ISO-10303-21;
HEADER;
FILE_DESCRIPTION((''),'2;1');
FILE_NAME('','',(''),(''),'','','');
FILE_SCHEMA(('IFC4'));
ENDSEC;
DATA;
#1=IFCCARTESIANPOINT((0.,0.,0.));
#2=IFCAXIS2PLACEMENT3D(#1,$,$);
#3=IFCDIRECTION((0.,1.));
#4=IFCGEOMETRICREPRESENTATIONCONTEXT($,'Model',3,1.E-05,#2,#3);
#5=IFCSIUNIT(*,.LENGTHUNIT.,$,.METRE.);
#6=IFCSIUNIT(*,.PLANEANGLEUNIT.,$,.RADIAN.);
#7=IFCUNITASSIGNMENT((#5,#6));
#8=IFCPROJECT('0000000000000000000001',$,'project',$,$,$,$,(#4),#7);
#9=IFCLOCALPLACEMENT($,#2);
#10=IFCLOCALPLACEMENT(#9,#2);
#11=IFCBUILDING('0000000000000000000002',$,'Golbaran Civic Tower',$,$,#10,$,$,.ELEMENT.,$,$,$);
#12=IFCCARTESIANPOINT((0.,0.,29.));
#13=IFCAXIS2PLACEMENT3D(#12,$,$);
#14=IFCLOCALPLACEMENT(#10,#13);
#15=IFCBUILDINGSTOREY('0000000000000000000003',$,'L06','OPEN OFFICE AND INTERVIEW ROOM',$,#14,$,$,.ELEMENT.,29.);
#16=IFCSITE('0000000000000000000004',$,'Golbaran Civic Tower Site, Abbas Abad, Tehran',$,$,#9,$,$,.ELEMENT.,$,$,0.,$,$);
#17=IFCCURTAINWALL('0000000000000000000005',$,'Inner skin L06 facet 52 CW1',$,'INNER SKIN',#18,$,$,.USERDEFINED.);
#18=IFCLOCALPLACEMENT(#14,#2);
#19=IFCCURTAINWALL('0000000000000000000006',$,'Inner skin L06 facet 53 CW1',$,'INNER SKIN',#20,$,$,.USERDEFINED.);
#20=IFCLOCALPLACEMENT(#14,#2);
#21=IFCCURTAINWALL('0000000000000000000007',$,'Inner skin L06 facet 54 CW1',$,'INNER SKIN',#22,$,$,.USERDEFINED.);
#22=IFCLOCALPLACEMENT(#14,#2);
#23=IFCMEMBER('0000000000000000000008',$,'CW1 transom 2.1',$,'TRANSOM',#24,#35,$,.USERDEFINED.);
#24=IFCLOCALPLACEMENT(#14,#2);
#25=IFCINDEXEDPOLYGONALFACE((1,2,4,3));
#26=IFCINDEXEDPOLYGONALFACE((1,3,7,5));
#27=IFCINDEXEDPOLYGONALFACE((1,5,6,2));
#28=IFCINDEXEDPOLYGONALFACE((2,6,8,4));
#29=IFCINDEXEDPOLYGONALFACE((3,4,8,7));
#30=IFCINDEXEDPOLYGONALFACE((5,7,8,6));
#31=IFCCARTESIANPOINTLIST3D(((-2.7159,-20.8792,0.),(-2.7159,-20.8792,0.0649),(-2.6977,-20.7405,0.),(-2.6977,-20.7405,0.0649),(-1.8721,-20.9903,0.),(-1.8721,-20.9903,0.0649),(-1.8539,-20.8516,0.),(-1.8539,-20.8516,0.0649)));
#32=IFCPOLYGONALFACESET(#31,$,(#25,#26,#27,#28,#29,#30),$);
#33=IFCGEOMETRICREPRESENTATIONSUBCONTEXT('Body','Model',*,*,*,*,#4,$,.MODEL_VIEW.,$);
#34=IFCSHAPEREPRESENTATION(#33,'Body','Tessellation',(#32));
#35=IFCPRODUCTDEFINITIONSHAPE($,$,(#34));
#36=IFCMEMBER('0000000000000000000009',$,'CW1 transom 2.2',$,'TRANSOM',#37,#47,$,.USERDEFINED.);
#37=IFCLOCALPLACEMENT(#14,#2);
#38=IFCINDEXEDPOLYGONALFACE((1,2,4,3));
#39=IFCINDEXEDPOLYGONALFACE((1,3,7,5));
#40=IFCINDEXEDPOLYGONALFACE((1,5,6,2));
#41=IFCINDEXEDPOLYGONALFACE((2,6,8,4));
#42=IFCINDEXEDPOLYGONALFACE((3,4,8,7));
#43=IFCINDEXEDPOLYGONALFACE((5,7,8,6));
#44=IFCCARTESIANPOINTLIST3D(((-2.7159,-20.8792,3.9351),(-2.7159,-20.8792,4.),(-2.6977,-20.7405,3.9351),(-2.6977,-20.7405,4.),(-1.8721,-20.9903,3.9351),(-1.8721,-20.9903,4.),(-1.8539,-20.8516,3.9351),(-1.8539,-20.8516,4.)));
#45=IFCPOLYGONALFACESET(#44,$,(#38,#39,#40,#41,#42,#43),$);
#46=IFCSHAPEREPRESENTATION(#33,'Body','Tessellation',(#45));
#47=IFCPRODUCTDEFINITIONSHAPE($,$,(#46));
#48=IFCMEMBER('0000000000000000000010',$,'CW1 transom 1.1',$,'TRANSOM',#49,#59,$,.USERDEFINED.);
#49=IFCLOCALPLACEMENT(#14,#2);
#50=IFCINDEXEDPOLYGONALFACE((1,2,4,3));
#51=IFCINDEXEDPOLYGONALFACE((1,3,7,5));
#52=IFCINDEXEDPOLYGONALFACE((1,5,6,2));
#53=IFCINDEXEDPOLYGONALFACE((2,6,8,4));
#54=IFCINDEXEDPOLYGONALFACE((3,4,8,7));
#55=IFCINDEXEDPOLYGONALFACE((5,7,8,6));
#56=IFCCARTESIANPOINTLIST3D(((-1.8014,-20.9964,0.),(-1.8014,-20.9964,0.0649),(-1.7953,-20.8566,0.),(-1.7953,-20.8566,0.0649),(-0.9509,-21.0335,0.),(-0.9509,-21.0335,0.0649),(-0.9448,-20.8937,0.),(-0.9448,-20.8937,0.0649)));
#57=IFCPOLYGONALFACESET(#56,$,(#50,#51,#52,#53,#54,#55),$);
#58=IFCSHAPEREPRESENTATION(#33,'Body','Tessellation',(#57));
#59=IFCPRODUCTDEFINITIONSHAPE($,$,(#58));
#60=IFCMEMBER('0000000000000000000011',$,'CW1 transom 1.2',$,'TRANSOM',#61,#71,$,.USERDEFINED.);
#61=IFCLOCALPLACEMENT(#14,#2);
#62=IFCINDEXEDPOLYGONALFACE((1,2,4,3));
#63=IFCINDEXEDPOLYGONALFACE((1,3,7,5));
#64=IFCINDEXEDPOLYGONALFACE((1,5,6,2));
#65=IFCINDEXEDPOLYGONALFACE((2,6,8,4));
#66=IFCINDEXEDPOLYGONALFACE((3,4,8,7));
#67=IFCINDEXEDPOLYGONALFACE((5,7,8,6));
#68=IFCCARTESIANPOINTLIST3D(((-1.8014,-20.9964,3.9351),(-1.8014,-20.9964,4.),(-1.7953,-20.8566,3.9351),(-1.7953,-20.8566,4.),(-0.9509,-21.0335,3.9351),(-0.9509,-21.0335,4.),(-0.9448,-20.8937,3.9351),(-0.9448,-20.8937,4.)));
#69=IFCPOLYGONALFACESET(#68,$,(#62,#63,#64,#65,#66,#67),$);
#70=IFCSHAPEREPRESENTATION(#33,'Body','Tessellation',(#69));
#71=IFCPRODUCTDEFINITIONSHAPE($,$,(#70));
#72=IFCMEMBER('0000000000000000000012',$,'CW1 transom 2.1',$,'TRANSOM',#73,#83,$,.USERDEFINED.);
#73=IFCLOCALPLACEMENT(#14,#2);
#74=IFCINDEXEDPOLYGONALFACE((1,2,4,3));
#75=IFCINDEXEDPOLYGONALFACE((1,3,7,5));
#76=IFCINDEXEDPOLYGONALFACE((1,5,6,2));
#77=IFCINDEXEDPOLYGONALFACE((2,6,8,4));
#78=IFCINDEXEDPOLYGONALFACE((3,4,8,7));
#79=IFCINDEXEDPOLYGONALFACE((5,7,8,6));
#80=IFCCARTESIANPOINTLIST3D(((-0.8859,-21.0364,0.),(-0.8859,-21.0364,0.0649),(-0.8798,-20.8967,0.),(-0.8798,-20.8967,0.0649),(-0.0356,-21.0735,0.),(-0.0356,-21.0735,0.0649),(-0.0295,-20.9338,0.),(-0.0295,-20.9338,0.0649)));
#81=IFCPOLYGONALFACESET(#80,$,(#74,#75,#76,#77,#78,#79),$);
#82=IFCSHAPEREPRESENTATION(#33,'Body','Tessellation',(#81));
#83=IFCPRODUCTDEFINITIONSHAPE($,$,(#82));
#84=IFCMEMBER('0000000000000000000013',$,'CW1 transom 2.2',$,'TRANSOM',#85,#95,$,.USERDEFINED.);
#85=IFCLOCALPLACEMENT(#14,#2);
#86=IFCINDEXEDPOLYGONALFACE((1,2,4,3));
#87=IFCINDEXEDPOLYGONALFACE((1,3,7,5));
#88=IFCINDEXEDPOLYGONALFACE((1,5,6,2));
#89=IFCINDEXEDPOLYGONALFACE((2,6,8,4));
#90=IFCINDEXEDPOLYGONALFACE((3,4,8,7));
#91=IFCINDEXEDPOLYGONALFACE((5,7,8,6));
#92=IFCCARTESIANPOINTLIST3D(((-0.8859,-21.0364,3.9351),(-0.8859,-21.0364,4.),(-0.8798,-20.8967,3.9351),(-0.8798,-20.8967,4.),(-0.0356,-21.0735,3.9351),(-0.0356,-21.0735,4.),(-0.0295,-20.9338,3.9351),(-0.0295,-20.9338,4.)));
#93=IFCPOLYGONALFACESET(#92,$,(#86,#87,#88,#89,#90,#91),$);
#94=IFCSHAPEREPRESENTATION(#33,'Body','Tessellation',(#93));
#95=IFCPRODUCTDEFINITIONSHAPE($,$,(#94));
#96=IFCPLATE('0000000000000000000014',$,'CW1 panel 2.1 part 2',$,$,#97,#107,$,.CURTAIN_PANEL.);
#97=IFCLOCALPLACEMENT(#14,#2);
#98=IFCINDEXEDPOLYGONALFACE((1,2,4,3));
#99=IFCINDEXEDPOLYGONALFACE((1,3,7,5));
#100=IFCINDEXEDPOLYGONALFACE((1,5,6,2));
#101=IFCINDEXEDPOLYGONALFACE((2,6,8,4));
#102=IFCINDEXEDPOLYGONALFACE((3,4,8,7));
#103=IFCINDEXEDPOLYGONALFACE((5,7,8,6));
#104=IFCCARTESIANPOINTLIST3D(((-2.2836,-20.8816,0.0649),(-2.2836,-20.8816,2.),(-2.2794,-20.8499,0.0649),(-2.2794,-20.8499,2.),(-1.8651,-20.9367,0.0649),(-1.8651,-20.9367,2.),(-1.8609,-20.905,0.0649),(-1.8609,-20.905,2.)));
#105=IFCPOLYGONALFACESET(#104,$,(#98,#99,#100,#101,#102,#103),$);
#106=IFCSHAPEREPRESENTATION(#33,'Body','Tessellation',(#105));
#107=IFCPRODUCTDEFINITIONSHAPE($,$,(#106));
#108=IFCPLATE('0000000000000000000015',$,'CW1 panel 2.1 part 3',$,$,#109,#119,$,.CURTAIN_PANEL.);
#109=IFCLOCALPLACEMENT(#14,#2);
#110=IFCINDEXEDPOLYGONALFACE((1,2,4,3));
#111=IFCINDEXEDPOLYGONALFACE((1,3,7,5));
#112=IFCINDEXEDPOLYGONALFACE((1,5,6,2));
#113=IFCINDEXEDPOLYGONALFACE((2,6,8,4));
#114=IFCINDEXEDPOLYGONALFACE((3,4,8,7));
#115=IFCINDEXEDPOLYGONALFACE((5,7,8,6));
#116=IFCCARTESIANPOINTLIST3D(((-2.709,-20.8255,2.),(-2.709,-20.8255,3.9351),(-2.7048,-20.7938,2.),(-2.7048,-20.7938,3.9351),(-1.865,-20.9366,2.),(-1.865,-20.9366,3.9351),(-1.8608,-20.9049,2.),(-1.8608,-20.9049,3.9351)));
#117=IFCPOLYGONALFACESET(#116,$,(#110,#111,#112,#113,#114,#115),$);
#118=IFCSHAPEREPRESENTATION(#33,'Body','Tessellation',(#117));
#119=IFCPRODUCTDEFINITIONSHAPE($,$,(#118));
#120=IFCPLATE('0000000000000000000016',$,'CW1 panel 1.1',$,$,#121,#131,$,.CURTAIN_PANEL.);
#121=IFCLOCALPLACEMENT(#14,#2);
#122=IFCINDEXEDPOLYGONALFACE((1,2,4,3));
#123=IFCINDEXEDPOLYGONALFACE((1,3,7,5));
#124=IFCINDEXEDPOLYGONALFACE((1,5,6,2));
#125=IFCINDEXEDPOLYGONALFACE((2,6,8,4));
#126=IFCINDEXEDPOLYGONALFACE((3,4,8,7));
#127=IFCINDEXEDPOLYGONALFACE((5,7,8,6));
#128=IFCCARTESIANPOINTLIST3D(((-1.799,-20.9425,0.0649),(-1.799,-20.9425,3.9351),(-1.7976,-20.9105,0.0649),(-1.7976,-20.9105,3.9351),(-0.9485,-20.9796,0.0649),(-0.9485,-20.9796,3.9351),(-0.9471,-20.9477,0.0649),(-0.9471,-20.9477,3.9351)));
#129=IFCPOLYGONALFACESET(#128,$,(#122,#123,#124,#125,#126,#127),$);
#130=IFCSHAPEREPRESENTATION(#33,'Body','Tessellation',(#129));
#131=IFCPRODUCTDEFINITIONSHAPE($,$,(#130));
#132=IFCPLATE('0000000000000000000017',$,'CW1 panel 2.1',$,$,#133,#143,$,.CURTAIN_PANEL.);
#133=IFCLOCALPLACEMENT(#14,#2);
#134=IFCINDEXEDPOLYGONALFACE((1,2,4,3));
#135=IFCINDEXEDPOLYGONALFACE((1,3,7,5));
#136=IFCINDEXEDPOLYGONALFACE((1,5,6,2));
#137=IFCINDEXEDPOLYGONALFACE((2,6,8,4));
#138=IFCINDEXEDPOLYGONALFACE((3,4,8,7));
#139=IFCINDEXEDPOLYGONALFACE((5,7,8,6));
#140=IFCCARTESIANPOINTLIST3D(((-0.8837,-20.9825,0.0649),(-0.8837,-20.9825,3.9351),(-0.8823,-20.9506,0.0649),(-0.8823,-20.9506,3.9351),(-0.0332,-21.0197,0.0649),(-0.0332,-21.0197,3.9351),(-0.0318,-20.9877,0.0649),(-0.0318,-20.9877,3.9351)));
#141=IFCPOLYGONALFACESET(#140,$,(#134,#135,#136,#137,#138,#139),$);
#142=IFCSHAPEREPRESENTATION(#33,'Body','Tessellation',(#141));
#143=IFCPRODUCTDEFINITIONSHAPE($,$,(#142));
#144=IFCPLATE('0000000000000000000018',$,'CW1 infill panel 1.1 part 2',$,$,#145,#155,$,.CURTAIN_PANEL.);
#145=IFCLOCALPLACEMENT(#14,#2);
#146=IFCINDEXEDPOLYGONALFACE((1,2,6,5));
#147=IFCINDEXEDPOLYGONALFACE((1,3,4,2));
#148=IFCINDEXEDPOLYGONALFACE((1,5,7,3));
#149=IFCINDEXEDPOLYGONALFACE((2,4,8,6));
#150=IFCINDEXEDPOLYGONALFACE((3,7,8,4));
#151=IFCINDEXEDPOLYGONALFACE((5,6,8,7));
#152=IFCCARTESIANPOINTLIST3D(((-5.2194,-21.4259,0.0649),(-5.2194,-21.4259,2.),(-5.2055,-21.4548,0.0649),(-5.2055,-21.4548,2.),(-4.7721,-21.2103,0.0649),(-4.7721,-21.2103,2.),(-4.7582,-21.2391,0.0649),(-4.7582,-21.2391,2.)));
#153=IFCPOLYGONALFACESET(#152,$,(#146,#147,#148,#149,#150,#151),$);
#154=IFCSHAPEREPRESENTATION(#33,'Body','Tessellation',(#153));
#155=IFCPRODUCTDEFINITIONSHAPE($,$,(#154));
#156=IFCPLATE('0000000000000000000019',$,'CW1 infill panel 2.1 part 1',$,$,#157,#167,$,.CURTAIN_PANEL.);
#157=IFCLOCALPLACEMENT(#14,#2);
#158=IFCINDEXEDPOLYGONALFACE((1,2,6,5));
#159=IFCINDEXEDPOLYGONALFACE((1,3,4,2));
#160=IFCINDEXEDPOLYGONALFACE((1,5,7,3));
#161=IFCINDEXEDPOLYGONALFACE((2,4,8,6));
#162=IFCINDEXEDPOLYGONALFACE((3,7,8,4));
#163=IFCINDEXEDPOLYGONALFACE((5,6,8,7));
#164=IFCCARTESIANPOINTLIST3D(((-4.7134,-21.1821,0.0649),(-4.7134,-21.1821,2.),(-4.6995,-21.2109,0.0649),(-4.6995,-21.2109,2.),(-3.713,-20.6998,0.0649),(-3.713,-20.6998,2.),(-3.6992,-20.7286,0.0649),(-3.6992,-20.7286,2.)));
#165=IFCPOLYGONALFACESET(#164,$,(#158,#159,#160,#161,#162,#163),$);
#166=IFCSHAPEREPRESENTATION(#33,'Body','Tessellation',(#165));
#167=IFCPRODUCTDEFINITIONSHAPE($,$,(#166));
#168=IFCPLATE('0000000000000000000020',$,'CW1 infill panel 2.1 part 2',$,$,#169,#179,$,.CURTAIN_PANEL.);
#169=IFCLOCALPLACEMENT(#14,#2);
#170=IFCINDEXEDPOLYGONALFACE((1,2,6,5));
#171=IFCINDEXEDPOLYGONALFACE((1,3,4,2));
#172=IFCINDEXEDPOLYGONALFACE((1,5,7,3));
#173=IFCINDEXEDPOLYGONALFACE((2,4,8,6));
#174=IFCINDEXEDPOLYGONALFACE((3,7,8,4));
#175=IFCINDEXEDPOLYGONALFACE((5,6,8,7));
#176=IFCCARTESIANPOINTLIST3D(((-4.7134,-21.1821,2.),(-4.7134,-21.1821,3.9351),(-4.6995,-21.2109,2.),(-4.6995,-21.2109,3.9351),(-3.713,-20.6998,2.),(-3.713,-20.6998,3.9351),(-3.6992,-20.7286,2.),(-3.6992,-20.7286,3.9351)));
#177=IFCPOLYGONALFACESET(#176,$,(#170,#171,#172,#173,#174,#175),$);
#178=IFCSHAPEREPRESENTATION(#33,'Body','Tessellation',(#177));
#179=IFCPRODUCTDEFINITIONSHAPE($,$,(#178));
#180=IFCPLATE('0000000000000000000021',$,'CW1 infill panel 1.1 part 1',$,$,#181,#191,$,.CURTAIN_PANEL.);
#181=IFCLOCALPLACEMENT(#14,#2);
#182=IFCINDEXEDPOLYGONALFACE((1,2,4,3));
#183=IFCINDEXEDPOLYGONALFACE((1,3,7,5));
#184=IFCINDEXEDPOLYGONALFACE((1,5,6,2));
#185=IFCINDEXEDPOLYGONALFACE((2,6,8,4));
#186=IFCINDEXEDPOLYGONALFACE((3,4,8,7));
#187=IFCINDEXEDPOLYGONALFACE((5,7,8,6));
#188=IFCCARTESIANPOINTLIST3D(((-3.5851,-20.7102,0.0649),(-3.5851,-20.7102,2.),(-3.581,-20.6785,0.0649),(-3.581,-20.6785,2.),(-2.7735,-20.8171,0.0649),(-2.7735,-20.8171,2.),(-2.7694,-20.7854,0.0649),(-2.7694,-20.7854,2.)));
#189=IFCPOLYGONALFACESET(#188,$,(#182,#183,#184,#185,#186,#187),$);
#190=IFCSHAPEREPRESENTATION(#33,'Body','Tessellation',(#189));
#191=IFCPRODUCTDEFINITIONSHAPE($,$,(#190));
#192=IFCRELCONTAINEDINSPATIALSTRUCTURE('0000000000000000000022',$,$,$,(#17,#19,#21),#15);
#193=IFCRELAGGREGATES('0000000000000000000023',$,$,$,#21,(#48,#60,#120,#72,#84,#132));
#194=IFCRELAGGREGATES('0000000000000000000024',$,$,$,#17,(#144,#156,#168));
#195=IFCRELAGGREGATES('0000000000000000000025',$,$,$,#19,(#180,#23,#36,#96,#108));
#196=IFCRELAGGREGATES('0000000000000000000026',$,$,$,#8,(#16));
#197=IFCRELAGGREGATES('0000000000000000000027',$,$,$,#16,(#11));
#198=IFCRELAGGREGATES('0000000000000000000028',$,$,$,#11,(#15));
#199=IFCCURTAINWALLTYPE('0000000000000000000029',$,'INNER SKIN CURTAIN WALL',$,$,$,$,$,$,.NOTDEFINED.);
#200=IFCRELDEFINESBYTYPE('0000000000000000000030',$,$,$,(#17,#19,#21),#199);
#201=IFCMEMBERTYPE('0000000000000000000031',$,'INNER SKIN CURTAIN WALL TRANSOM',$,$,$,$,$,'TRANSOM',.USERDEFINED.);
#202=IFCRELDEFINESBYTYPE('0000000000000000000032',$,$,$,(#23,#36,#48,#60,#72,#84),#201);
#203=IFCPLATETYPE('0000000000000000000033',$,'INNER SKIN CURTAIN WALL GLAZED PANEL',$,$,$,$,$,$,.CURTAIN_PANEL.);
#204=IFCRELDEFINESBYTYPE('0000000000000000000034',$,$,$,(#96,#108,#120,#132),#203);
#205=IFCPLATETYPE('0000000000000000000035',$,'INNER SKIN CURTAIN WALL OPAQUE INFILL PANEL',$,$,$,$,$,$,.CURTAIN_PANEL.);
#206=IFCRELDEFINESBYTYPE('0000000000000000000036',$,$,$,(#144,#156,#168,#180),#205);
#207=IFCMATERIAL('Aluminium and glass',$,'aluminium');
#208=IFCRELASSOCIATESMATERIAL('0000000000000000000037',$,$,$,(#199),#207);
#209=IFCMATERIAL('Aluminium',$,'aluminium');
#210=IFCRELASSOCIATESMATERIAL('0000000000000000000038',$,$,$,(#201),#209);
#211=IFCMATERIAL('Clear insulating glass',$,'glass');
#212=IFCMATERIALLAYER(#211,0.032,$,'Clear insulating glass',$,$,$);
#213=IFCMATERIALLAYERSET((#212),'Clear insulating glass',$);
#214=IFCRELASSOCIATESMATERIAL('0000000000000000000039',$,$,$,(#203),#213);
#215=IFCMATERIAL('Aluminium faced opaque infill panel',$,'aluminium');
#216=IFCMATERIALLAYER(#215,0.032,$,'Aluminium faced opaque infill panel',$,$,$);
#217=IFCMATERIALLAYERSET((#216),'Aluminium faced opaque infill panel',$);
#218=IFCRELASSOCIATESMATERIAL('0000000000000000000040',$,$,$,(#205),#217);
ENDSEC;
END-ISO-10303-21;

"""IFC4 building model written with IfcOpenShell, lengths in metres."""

from ifc_helpers import new_model, si_unit, direction, frame, origin, origin_2d, place, context, subcontext, project, spatial, rectangle, extrude, material, layer, layer_set, material_profile, profile_set, type_object, element, aggregate, save


model = new_model("IFC4")

# Units and contexts
model_context = context("Model", 3, precision=1e-05, world=origin(), true_north=direction((0.0, 1.0)))
body_context = subcontext(model_context, "Body", "Model", "MODEL_VIEW")
ifc_project = project(units=[si_unit("LENGTHUNIT", "METRE"), si_unit("PLANEANGLEUNIT", "RADIAN")], contexts=[model_context])

# Site, building, storey
site_placement = place(None, origin())
site = spatial("IfcSite", under=ifc_project, at=site_placement, Name="Golbaran Civic Tower Site, Abbas Abad, Tehran", CompositionType="ELEMENT", RefElevation=0.0)
building_placement = place(site_placement, origin())
building = spatial("IfcBuilding", under=site, at=building_placement, Name="Golbaran Civic Tower", CompositionType="ELEMENT")
storey_placement = place(building_placement, frame((0.0, 0.0, 29.0)))
storey = spatial("IfcBuildingStorey", under=building, at=storey_placement, Name="L06", Description="OPEN OFFICE AND INTERVIEW ROOM", CompositionType="ELEMENT", Elevation=29.0)

# Curtain walls
ifc_material_1 = material(Name="Aluminium and glass", Category="aluminium")
curtain_wall_type = type_object("IfcCurtainWallType", Name="INNER SKIN CURTAIN WALL", PredefinedType="NOTDEFINED", material=ifc_material_1)
curtain_wall_1_placement = place(storey_placement, origin())
curtain_wall_1 = element("IfcCurtainWall", 1, at=curtain_wall_1_placement, inside=storey, type_object=curtain_wall_type, Name="Inner skin L06 facet 52 CW1", ObjectType="INNER SKIN", PredefinedType="USERDEFINED")
ifc_material_2 = material(Name="Aluminium", Category="aluminium")
curtain_wall_2_placement = place(storey_placement, origin())
curtain_wall_2 = element("IfcCurtainWall", 2, at=curtain_wall_2_placement, inside=storey, type_object=curtain_wall_type, Name="Inner skin L06 facet 53 CW1", ObjectType="INNER SKIN", PredefinedType="USERDEFINED")
curtain_wall_3_placement = place(storey_placement, origin())
curtain_wall_3 = element("IfcCurtainWall", 3, at=curtain_wall_3_placement, inside=storey, type_object=curtain_wall_type, Name="Inner skin L06 facet 54 CW1", ObjectType="INNER SKIN", PredefinedType="USERDEFINED")

# Members
ifc_material_profile_1 = material_profile(ifc_material_2, rectangle(XDim=0.1399, YDim=0.0649, at=origin_2d()), Name="INNER SKIN CURTAIN WALL TRANSOM")
ifc_profile_set_1 = profile_set([ifc_material_profile_1], Name="Aluminium")
member_type_1 = type_object("IfcMemberType", Name="INNER SKIN CURTAIN WALL TRANSOM", ElementType="TRANSOM", PredefinedType="USERDEFINED", material=ifc_profile_set_1)
member_1_placement = place(storey_placement, frame((-2.7068, -20.8098, 0.0325), z_axis=(0.991445, -0.130529, 0.0), x_axis=(0.130529, 0.991445, 0.0)))
member_1 = element("IfcMember", 4, at=member_1_placement, type_object=member_type_1, Name="CW1 transom 2.1", ObjectType="TRANSOM", PredefinedType="USERDEFINED", context=body_context, shape_type="SweptSolid", body=[
    extrude(rectangle(XDim=0.1399, YDim=0.0649, at=origin_2d()), origin(), (0.0, 0.0, 1.0), 0.8511),
])
member_2_placement = place(storey_placement, frame((-2.7068, -20.8098, 3.9675), z_axis=(0.991445, -0.130529, 0.0), x_axis=(0.130529, 0.991445, 0.0)))
member_2 = element("IfcMember", 5, at=member_2_placement, type_object=member_type_1, Name="CW1 transom 2.2", ObjectType="TRANSOM", PredefinedType="USERDEFINED", context=body_context, shape_type="SweptSolid", body=[
    extrude(rectangle(XDim=0.1399, YDim=0.0649, at=origin_2d()), origin(), (0.0, 0.0, 1.0), 0.8511),
])
member_3_placement = place(storey_placement, frame((-1.7983, -20.9265, 0.0325), z_axis=(0.99905, -0.043587, 0.0), x_axis=(0.043587, 0.99905, 0.0)))
member_3 = element("IfcMember", 6, at=member_3_placement, type_object=member_type_1, Name="CW1 transom 1.1", ObjectType="TRANSOM", PredefinedType="USERDEFINED", context=body_context, shape_type="SweptSolid", body=[
    extrude(rectangle(XDim=0.1399, YDim=0.0649, at=origin_2d()), origin(), (0.0, 0.0, 1.0), 0.8513),
])
member_4_placement = place(storey_placement, frame((-1.7983, -20.9265, 3.9675), z_axis=(0.99905, -0.043587, 0.0), x_axis=(0.043587, 0.99905, 0.0)))
member_4 = element("IfcMember", 7, at=member_4_placement, type_object=member_type_1, Name="CW1 transom 1.2", ObjectType="TRANSOM", PredefinedType="USERDEFINED", context=body_context, shape_type="SweptSolid", body=[
    extrude(rectangle(XDim=0.1399, YDim=0.0649, at=origin_2d()), origin(), (0.0, 0.0, 1.0), 0.8513),
])
member_5_placement = place(storey_placement, frame((-0.8828, -20.9666, 0.0325), z_axis=(0.999049, -0.043599, 0.0), x_axis=(0.043599, 0.999049, 0.0)))
member_5 = element("IfcMember", 8, at=member_5_placement, type_object=member_type_1, Name="CW1 transom 2.1", ObjectType="TRANSOM", PredefinedType="USERDEFINED", context=body_context, shape_type="SweptSolid", body=[
    extrude(rectangle(XDim=0.1399, YDim=0.0649, at=origin_2d()), origin(), (0.0, 0.0, 1.0), 0.8511),
])
member_6_placement = place(storey_placement, frame((-0.8828, -20.9666, 3.9675), z_axis=(0.999049, -0.043599, 0.0), x_axis=(0.043599, 0.999049, 0.0)))
member_6 = element("IfcMember", 9, at=member_6_placement, type_object=member_type_1, Name="CW1 transom 2.2", ObjectType="TRANSOM", PredefinedType="USERDEFINED", context=body_context, shape_type="SweptSolid", body=[
    extrude(rectangle(XDim=0.1399, YDim=0.0649, at=origin_2d()), origin(), (0.0, 0.0, 1.0), 0.8511),
])

# Plates
ifc_material_3 = material(Name="Clear insulating glass", Category="glass")
ifc_layer_1 = layer(ifc_material_3, 0.032, Name="Clear insulating glass")
ifc_layer_set_1 = layer_set([ifc_layer_1], Name="Clear insulating glass")
plate_type_1 = type_object("IfcPlateType", Name="INNER SKIN CURTAIN WALL GLAZED PANEL", PredefinedType="CURTAIN_PANEL", material=ifc_layer_set_1)
plate_1_placement = place(storey_placement, frame((-2.0723, -20.8933, 0.0649), z_axis=(0.0, 0.0, 1.0), x_axis=(0.991445, -0.130526, 0.0)))
plate_1 = element("IfcPlate", 10, at=plate_1_placement, type_object=plate_type_1, Name="CW1 panel 2.1 part 2", PredefinedType="CURTAIN_PANEL", context=body_context, shape_type="SweptSolid", body=[
    extrude(rectangle(XDim=0.4221, YDim=0.032, at=origin_2d()), origin(), (0.0, 0.0, 1.0), 1.9351),
])
plate_2_placement = place(storey_placement, frame((-2.2849, -20.8652, 2.0), z_axis=(0.0, 0.0, 1.0), x_axis=(0.991445, -0.130526, 0.0)))
plate_2 = element("IfcPlate", 11, at=plate_2_placement, type_object=plate_type_1, Name="CW1 panel 2.1 part 3", PredefinedType="CURTAIN_PANEL", context=body_context, shape_type="SweptSolid", body=[
    extrude(rectangle(XDim=0.8513, YDim=0.032, at=origin_2d()), origin(), (0.0, 0.0, 1.0), 1.9351),
])
plate_3_placement = place(storey_placement, frame((-1.373, -20.9451, 0.0649), z_axis=(0.0, 0.0, 1.0), x_axis=(0.999048, -0.043619, 0.0)))
plate_3 = element("IfcPlate", 12, at=plate_3_placement, type_object=plate_type_1, Name="CW1 panel 1.1", PredefinedType="CURTAIN_PANEL", context=body_context, shape_type="SweptSolid", body=[
    extrude(rectangle(XDim=0.8513, YDim=0.032, at=origin_2d()), origin(), (0.0, 0.0, 1.0), 3.8701),
])
plate_4_placement = place(storey_placement, frame((-0.4578, -20.9851, 0.0649), z_axis=(0.0, 0.0, 1.0), x_axis=(0.999048, -0.043619, 0.0)))
plate_4 = element("IfcPlate", 13, at=plate_4_placement, type_object=plate_type_1, Name="CW1 panel 2.1", PredefinedType="CURTAIN_PANEL", context=body_context, shape_type="SweptSolid", body=[
    extrude(rectangle(XDim=0.8513, YDim=0.032, at=origin_2d()), origin(), (0.0, 0.0, 1.0), 3.8701),
])
aggregate(curtain_wall_3, [member_3, member_4, plate_3, member_5, member_6, plate_4])
ifc_material_4 = material(Name="Aluminium faced opaque infill panel", Category="aluminium")
ifc_layer_2 = layer(ifc_material_4, 0.032, Name="Aluminium faced opaque infill panel")
ifc_layer_set_2 = layer_set([ifc_layer_2], Name="Aluminium faced opaque infill panel")
plate_type_2 = type_object("IfcPlateType", Name="INNER SKIN CURTAIN WALL OPAQUE INFILL PANEL", PredefinedType="CURTAIN_PANEL", material=ifc_layer_set_2)
plate_5_placement = place(storey_placement, frame((-4.9888, -21.3325, 0.0649), z_axis=(0.0, 0.0, 1.0), x_axis=(0.900767, 0.434302, 0.0)))
plate_5 = element("IfcPlate", 14, at=plate_5_placement, type_object=plate_type_2, Name="CW1 infill panel 1.1 part 2", PredefinedType="CURTAIN_PANEL", context=body_context, shape_type="SweptSolid", body=[
    extrude(rectangle(XDim=0.4966, YDim=0.032, at=origin_2d()), origin(), (0.0, 0.0, 1.0), 1.9351),
])
plate_6_placement = place(storey_placement, frame((-4.2063, -20.9553, 0.0649), z_axis=(0.0, 0.0, 1.0), x_axis=(0.900767, 0.434302, 0.0)))
plate_6 = element("IfcPlate", 15, at=plate_6_placement, type_object=plate_type_2, Name="CW1 infill panel 2.1 part 1", PredefinedType="CURTAIN_PANEL", context=body_context, shape_type="SweptSolid", body=[
    extrude(rectangle(XDim=1.1106, YDim=0.032, at=origin_2d()), origin(), (0.0, 0.0, 1.0), 1.9351),
])
plate_7_placement = place(storey_placement, frame((-4.2063, -20.9553, 2.0), z_axis=(0.0, 0.0, 1.0), x_axis=(0.900767, 0.434302, 0.0)))
plate_7 = element("IfcPlate", 16, at=plate_7_placement, type_object=plate_type_2, Name="CW1 infill panel 2.1 part 2", PredefinedType="CURTAIN_PANEL", context=body_context, shape_type="SweptSolid", body=[
    extrude(rectangle(XDim=1.1106, YDim=0.032, at=origin_2d()), origin(), (0.0, 0.0, 1.0), 1.9351),
])
aggregate(curtain_wall_1, [plate_5, plate_6, plate_7])
plate_8_placement = place(storey_placement, frame((-3.1772, -20.7478, 0.0649), z_axis=(0.0, 0.0, 1.0), x_axis=(0.991445, -0.130526, 0.0)))
plate_8 = element("IfcPlate", 17, at=plate_8_placement, type_object=plate_type_2, Name="CW1 infill panel 1.1 part 1", PredefinedType="CURTAIN_PANEL", context=body_context, shape_type="SweptSolid", body=[
    extrude(rectangle(XDim=0.8186, YDim=0.032, at=origin_2d()), origin(), (0.0, 0.0, 1.0), 1.9351),
])
aggregate(curtain_wall_2, [plate_8, member_1, member_2, plate_1, plate_2])

save(model, "model.ifc")
